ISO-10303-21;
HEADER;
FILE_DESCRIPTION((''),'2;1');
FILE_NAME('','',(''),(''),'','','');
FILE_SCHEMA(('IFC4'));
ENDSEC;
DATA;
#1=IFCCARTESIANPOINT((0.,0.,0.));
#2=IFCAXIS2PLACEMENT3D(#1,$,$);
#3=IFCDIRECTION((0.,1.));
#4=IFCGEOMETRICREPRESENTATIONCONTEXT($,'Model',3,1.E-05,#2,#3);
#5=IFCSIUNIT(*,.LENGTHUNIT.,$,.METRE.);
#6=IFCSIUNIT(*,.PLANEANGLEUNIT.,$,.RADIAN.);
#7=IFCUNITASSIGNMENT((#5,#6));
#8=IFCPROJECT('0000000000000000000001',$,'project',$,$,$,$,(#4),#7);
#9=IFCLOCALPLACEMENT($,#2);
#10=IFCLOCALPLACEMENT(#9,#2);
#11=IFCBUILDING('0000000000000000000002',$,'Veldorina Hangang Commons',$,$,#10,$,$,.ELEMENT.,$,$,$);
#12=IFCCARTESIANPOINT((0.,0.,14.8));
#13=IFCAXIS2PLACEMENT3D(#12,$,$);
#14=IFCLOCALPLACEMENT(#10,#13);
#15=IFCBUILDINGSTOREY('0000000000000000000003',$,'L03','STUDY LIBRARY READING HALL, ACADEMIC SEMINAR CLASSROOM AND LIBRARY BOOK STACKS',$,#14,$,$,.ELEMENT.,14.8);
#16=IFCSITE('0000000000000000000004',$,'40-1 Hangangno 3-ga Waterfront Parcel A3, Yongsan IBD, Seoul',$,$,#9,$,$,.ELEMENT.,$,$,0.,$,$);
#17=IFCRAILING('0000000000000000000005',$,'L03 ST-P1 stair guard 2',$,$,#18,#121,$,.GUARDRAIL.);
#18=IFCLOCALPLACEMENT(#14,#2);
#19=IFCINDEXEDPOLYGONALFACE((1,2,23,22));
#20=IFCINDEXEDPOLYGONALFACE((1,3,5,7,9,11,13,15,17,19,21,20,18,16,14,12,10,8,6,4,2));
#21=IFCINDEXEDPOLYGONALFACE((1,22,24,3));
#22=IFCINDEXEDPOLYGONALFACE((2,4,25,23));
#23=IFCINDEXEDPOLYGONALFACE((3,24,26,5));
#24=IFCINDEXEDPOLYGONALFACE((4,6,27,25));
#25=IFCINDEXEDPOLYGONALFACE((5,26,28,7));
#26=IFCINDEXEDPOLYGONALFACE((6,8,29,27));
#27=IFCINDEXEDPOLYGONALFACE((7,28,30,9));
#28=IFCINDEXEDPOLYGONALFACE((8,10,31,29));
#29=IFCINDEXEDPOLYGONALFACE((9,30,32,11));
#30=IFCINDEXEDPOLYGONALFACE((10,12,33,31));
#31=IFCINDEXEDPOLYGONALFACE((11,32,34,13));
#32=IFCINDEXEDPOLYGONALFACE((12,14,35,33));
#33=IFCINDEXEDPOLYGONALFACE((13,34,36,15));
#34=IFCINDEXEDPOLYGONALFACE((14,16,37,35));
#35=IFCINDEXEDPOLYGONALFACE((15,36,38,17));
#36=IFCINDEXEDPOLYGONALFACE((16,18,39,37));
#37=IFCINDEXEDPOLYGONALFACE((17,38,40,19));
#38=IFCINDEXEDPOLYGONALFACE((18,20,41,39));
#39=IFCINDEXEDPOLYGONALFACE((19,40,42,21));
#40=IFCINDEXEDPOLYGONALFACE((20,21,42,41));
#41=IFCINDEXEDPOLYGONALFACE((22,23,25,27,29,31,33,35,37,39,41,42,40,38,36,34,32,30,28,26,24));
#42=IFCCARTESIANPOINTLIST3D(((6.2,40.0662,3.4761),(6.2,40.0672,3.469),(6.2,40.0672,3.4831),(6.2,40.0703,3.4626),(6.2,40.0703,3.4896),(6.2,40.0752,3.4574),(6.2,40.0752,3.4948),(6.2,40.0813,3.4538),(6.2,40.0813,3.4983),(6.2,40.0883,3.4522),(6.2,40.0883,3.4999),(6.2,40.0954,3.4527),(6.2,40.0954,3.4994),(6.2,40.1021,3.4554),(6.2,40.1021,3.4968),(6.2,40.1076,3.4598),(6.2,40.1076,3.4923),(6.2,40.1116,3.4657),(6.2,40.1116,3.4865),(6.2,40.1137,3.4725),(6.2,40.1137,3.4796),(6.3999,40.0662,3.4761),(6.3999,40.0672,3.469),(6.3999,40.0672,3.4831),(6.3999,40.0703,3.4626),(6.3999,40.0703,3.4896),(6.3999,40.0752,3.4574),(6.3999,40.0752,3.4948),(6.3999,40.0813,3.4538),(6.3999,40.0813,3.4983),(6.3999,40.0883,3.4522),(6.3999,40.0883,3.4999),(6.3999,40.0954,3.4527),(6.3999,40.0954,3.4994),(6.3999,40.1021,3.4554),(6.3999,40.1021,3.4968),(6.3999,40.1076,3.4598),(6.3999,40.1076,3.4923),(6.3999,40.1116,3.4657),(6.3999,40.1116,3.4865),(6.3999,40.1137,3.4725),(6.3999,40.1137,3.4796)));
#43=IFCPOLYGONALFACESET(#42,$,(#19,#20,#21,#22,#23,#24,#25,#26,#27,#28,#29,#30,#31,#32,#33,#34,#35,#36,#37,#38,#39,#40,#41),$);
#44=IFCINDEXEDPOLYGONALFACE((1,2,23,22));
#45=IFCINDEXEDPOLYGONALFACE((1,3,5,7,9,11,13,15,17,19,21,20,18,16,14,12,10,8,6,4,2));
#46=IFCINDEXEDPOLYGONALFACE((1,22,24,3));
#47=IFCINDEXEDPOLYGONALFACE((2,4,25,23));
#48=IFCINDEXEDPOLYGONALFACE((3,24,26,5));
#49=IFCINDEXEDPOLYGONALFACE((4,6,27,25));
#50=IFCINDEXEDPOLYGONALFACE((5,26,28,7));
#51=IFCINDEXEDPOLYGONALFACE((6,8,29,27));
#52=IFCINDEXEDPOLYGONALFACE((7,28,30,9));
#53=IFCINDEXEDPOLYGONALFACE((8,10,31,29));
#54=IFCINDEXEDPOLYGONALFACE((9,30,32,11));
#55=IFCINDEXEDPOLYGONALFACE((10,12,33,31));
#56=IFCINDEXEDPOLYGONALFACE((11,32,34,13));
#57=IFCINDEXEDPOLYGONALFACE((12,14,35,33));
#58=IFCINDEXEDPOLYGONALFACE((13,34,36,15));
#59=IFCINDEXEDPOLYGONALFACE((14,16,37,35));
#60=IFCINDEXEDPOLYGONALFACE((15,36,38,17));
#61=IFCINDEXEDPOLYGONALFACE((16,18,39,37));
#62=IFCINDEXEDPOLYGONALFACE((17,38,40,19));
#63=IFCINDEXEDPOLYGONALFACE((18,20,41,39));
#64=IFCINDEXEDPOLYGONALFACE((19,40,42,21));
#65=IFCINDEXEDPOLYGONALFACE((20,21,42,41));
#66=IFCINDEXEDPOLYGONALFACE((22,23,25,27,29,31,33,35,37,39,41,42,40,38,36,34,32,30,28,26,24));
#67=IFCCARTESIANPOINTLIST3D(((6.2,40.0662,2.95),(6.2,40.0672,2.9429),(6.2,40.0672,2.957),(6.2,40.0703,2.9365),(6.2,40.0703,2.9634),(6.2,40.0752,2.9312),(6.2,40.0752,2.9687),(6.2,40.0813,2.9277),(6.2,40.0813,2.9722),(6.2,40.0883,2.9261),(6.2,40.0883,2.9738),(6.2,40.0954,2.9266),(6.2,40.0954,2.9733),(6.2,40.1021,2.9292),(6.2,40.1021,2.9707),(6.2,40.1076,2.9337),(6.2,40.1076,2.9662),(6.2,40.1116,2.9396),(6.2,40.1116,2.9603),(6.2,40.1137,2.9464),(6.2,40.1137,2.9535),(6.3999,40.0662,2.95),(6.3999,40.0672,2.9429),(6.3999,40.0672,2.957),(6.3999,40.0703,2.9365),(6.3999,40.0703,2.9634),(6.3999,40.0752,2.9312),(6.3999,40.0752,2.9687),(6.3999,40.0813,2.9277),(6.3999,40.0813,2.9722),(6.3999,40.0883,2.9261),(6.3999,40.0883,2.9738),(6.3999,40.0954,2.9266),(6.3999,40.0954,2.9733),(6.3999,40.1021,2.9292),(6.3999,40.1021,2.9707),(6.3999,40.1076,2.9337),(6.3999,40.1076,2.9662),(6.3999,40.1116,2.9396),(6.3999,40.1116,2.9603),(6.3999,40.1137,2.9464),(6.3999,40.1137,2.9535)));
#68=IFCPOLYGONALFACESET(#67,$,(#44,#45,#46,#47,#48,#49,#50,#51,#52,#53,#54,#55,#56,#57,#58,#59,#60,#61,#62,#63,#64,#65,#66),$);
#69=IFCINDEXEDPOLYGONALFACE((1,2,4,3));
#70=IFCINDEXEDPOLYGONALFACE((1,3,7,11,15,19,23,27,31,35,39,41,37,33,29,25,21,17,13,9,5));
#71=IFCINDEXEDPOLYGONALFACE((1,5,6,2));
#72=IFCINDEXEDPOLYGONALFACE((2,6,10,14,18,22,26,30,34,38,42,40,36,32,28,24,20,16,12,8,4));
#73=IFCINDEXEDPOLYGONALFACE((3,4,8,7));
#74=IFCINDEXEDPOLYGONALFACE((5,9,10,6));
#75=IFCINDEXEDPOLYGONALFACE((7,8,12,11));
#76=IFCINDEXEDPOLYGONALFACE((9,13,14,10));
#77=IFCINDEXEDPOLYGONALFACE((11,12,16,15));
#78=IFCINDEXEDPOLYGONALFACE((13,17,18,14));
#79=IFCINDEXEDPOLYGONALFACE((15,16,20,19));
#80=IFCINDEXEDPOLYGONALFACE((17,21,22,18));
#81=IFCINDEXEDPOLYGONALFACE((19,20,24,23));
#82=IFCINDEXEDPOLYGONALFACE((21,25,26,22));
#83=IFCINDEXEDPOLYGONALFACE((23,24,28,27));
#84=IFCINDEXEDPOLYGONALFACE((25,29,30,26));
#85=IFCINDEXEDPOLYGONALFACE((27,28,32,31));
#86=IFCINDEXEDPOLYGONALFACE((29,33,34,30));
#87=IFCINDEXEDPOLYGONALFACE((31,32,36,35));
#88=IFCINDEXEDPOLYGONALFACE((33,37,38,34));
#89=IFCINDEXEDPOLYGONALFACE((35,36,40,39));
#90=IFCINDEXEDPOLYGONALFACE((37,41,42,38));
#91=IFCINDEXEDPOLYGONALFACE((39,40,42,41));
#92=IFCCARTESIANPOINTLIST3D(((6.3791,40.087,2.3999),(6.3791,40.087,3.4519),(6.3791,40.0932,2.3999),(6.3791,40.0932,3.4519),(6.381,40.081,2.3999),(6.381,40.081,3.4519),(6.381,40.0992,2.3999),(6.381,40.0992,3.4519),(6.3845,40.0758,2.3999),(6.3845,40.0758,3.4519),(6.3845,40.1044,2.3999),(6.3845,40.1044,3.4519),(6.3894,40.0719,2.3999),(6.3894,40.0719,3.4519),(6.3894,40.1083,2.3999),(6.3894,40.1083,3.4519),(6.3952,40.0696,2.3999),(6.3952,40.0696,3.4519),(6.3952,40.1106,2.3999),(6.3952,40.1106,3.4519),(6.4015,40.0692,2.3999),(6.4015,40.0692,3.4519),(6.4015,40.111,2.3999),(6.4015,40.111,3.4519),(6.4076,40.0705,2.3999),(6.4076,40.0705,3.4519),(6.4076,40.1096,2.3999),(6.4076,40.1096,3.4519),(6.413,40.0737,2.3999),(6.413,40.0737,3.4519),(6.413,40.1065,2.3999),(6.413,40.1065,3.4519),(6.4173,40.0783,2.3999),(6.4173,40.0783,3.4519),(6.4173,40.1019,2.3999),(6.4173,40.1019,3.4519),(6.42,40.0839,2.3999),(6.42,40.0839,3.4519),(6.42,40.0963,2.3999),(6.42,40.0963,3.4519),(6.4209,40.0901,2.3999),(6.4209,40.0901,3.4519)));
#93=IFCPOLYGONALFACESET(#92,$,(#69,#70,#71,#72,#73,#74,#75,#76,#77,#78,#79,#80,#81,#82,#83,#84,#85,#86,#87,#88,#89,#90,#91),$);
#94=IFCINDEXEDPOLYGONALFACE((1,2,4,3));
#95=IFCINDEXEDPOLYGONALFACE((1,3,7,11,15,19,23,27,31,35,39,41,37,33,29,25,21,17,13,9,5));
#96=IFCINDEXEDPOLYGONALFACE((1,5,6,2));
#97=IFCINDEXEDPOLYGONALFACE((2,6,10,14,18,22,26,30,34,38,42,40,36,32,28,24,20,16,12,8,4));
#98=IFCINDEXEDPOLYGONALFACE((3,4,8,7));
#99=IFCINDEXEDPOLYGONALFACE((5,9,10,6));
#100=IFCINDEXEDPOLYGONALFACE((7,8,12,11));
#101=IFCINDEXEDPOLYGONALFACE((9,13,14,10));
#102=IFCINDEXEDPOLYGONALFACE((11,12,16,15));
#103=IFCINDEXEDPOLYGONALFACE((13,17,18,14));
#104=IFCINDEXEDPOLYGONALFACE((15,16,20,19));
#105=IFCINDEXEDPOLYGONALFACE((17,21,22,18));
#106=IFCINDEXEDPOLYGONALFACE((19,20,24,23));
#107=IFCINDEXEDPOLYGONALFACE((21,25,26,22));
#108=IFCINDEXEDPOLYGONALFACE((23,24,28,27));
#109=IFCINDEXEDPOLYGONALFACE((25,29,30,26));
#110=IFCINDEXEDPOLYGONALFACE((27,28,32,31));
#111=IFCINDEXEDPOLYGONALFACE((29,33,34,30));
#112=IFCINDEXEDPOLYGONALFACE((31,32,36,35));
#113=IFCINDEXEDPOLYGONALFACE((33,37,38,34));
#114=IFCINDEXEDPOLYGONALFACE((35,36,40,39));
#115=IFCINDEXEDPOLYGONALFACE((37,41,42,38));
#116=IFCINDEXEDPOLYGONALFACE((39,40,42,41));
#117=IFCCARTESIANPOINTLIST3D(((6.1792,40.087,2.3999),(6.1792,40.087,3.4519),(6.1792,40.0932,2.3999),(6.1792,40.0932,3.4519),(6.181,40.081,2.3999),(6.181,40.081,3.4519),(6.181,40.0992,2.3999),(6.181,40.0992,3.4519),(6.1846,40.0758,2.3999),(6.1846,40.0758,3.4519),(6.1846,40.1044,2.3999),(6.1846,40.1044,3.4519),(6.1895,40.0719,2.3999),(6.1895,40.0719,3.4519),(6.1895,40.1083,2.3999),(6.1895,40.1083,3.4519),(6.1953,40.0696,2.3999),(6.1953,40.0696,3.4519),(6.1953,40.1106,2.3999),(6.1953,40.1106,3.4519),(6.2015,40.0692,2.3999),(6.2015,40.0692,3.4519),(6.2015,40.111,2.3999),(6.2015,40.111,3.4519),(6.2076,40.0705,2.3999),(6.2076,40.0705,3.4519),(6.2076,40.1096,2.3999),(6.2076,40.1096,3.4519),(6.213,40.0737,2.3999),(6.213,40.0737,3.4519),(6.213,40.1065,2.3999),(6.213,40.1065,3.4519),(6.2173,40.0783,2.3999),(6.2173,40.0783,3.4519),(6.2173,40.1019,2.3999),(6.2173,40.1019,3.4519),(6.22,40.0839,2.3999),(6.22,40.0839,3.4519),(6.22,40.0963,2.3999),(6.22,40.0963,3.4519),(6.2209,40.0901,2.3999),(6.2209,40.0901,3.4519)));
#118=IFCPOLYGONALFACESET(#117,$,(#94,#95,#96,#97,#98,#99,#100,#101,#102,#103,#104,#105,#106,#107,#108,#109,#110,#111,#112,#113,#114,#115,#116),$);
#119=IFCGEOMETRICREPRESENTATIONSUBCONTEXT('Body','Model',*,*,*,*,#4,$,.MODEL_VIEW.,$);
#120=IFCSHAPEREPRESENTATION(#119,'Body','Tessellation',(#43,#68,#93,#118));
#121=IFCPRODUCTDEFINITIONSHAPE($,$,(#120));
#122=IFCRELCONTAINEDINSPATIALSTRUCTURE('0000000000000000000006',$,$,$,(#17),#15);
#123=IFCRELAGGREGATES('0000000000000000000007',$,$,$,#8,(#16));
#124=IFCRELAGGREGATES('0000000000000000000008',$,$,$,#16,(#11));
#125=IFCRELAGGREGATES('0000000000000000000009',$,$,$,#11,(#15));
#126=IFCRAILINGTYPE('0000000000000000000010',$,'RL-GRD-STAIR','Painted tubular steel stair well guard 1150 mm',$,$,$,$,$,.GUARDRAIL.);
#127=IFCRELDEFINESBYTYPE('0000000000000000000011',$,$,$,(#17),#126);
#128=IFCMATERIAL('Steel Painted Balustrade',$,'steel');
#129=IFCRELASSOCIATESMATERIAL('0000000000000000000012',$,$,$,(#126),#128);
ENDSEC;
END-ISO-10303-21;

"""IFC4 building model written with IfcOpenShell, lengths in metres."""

from ifc_helpers import new_model, si_unit, direction, frame, origin, origin_2d, place, context, subcontext, project, spatial, circle, extrude, material, type_object, element, save


model = new_model("IFC4")

# Units and contexts
model_context = context("Model", 3, precision=1e-05, world=origin(), true_north=direction((0.0, 1.0)))
body_context = subcontext(model_context, "Body", "Model", "MODEL_VIEW")
ifc_project = project(units=[si_unit("LENGTHUNIT", "METRE"), si_unit("PLANEANGLEUNIT", "RADIAN")], contexts=[model_context])

# Site, building, storey
site_placement = place(None, origin())
site = spatial("IfcSite", under=ifc_project, at=site_placement, Name="40-1 Hangangno 3-ga Waterfront Parcel A3, Yongsan IBD, Seoul", CompositionType="ELEMENT", RefElevation=0.0)
building_placement = place(site_placement, origin())
building = spatial("IfcBuilding", under=site, at=building_placement, Name="Veldorina Hangang Commons", CompositionType="ELEMENT")
storey_placement = place(building_placement, frame((0.0, 0.0, 14.8)))
storey = spatial("IfcBuildingStorey", under=building, at=storey_placement, Name="L03", Description="STUDY LIBRARY READING HALL, ACADEMIC SEMINAR CLASSROOM AND LIBRARY BOOK STACKS", CompositionType="ELEMENT", Elevation=14.8)

# Railing
ifc_material_1 = material(Name="Steel Painted Balustrade", Category="steel")
railing_type_1 = type_object("IfcRailingType", Name="RL-GRD-STAIR", Description="Painted tubular steel stair well guard 1150 mm", PredefinedType="GUARDRAIL", material=ifc_material_1)
railing_1_placement = place(storey_placement, frame((6.3999, 40.0901, 2.3999)))
element("IfcRailing", 1, at=railing_1_placement, inside=storey, type_object=railing_type_1, Name="L03 ST-P1 stair guard 2", PredefinedType="GUARDRAIL", context=body_context, shape_type="SweptSolid", body=[
    extrude(circle(Radius=0.0239, at=origin_2d()), frame((0.0, 0.0, 1.0762), z_axis=(-1.0, 0.0, 0.0), x_axis=(0.0, -1.0, 0.0)), (0.0, 0.0, 1.0), 0.2),
    extrude(circle(Radius=0.0239, at=origin_2d()), frame((0.0, 0.0, 0.55), z_axis=(-1.0, 0.0, 0.0), x_axis=(0.0, -1.0, 0.0)), (0.0, 0.0, 1.0), 0.2),
    extrude(circle(Radius=0.021, at=origin_2d()), origin(), (0.0, 0.0, 1.0), 1.052),
    extrude(circle(Radius=0.021, at=origin_2d()), frame((-0.2, 0.0, 0.0)), (0.0, 0.0, 1.0), 1.052),
])

save(model, "model.ifc")
